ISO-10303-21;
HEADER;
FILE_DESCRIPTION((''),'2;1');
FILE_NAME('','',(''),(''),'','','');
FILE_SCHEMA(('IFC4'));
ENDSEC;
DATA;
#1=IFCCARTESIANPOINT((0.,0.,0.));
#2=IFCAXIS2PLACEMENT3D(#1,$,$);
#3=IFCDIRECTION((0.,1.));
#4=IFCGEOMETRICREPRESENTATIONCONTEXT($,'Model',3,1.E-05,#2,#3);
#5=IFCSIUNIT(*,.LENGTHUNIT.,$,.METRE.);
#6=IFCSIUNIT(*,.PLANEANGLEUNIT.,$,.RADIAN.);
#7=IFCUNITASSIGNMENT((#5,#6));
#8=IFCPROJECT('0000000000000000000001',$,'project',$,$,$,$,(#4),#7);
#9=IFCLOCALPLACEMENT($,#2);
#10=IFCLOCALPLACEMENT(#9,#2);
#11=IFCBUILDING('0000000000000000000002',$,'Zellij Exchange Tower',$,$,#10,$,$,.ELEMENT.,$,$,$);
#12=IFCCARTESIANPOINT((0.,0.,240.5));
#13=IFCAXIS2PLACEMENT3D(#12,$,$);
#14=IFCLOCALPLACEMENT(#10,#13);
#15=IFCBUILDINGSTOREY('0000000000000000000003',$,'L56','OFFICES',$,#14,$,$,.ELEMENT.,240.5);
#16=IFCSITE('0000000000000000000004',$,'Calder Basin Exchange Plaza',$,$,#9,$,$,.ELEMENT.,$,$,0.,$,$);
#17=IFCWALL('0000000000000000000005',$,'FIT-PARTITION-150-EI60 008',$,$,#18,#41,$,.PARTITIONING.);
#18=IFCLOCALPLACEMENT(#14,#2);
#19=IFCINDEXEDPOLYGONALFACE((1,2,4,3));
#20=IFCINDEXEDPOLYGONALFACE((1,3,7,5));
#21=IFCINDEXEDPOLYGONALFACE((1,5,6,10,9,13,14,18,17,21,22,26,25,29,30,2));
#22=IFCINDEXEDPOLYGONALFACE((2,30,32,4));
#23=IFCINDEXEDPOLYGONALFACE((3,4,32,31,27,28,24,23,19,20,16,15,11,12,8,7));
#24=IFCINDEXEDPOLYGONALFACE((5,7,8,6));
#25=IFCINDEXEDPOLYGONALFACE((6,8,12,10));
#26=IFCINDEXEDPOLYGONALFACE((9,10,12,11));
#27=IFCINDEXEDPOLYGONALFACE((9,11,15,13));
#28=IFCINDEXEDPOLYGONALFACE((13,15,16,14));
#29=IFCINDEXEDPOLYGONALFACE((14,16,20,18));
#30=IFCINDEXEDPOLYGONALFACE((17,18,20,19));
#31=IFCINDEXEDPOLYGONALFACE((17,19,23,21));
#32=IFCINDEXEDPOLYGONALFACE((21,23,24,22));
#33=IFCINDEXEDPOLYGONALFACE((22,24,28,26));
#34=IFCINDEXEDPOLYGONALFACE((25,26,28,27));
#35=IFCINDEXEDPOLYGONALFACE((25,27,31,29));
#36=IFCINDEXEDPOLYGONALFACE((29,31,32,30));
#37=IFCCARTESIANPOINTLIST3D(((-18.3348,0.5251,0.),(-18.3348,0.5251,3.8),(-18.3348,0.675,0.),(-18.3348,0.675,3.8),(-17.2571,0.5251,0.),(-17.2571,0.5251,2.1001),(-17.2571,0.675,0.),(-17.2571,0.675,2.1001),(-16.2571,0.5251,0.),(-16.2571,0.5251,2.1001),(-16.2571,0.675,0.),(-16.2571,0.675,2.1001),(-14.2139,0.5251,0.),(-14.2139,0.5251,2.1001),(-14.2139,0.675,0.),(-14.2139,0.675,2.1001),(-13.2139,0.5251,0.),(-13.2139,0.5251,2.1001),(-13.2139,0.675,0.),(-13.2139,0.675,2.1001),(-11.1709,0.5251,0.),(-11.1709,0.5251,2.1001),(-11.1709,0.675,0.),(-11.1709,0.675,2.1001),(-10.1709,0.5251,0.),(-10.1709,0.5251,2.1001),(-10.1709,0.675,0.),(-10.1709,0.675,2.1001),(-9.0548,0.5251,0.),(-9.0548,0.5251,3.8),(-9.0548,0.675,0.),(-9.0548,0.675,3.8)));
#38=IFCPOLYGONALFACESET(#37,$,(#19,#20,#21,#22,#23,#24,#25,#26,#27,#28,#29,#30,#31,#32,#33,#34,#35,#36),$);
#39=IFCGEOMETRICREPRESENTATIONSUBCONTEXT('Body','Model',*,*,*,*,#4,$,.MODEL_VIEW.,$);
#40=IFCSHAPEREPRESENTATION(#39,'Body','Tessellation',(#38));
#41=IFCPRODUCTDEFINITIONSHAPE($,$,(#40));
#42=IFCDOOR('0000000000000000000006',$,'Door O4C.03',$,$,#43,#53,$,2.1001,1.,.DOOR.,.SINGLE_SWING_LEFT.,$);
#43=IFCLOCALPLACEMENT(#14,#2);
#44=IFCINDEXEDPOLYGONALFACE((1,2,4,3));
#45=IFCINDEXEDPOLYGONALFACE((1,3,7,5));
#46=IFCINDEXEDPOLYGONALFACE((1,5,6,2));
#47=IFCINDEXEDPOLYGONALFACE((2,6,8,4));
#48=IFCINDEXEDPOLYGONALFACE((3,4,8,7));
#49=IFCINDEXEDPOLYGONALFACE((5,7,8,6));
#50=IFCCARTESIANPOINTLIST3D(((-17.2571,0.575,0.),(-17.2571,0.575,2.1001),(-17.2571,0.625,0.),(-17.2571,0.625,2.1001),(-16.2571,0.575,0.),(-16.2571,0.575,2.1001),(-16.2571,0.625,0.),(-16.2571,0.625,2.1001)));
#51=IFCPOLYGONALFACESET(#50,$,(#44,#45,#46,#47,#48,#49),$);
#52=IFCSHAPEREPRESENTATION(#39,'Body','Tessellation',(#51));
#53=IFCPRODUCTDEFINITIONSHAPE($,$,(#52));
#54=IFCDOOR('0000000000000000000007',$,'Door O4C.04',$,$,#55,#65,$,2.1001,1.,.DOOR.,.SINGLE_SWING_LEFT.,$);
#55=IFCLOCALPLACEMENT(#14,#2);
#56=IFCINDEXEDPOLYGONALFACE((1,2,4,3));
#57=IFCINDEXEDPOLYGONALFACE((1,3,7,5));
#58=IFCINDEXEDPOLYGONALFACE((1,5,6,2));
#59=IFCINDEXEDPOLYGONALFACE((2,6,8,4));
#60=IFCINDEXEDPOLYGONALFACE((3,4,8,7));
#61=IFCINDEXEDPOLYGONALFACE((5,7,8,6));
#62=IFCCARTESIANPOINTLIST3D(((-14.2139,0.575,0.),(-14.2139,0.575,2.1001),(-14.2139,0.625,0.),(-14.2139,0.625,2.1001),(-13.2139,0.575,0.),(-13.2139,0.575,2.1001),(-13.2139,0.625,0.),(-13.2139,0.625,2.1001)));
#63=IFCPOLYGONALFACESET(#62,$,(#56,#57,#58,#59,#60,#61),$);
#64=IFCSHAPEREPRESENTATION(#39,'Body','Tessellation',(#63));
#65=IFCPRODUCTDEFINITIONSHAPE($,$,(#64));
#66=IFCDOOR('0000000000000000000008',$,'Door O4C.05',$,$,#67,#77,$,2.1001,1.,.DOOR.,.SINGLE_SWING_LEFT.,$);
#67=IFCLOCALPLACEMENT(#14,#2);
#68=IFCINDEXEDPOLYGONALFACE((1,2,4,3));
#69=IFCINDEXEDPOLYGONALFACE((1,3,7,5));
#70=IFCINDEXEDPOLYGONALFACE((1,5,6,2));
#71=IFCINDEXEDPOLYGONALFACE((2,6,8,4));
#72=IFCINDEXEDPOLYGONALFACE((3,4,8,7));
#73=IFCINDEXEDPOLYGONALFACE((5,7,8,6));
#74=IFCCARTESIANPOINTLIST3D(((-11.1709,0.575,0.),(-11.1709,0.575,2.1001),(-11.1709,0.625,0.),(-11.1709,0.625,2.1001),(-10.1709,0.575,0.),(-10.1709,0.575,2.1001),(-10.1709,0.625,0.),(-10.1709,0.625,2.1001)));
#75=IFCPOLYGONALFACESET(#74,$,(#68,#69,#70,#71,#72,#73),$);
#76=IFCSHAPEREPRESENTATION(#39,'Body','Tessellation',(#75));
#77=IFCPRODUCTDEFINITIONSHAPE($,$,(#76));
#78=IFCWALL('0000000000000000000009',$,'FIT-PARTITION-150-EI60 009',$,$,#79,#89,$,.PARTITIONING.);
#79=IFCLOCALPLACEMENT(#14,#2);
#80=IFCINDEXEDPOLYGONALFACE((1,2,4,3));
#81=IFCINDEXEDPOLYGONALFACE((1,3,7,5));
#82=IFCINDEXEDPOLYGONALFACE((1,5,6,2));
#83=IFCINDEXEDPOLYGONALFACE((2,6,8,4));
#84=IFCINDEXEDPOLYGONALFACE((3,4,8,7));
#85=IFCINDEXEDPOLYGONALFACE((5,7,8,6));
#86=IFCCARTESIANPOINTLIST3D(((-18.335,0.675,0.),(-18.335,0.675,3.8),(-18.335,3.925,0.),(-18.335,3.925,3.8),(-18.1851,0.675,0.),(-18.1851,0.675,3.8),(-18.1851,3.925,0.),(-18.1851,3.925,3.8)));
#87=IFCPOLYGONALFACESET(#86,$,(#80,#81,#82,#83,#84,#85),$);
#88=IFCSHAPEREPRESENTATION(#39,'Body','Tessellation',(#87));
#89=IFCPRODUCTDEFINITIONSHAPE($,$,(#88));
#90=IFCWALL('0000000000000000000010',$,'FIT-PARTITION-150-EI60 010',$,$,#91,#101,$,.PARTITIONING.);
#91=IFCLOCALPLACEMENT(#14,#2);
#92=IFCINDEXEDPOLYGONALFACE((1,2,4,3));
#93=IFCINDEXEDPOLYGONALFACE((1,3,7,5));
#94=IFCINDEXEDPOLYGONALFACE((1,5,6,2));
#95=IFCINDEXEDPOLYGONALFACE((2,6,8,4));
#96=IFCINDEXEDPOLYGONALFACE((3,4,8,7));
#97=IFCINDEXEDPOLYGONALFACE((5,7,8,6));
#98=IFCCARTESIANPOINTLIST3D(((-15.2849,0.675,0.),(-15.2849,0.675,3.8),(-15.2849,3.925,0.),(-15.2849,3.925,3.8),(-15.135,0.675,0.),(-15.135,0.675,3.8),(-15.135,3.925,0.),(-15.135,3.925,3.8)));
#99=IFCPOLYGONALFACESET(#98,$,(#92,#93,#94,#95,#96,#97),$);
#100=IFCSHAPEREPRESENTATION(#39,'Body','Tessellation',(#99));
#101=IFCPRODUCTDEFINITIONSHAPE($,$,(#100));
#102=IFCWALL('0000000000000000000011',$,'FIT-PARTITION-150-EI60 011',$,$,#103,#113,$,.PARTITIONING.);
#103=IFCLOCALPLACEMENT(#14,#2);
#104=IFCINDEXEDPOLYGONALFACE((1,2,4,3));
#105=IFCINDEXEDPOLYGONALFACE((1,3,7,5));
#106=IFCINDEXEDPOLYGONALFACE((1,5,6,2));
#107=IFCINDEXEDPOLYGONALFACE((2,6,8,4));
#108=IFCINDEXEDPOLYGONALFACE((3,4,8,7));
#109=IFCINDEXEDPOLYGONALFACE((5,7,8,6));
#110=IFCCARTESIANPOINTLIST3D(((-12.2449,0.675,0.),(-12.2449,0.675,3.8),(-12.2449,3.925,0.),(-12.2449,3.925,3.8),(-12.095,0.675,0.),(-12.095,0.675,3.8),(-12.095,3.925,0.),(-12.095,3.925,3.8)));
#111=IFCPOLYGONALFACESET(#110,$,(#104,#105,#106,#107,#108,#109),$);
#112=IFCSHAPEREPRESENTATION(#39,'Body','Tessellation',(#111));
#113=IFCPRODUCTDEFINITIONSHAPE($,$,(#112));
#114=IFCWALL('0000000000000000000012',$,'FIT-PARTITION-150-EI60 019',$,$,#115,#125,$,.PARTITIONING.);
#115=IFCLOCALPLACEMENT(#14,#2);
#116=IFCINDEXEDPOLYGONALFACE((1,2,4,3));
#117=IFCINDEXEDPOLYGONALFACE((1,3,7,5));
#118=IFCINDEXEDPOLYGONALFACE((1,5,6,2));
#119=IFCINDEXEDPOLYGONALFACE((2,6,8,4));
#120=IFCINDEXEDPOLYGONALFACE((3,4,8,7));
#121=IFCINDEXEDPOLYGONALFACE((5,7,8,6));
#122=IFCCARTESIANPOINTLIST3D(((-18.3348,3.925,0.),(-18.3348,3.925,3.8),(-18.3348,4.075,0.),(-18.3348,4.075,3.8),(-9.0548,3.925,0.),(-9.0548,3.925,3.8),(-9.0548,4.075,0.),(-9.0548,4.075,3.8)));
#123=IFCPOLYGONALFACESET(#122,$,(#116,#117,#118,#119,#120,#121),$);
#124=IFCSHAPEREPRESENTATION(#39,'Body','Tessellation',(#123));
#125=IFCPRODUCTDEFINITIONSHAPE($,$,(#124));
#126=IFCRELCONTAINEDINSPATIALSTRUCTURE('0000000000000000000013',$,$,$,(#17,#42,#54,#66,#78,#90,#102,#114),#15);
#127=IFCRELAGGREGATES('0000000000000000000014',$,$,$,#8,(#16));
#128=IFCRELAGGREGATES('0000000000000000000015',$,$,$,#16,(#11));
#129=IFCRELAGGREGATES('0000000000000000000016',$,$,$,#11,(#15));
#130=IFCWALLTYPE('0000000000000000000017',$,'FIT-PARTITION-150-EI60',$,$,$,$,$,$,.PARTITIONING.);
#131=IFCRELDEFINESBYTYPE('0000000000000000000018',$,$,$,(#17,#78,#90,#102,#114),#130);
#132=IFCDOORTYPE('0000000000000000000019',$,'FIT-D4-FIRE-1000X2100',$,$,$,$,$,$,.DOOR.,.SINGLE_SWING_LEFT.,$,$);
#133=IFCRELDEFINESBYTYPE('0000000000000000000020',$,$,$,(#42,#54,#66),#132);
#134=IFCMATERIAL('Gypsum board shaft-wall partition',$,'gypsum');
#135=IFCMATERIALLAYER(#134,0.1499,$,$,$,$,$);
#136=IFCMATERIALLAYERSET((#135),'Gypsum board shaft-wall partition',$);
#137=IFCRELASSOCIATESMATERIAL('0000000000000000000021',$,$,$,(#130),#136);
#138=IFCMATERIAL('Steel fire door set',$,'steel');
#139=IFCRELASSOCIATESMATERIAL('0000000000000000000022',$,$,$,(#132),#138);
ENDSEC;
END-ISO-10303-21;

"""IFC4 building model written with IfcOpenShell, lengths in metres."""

from ifc_helpers import new_model, si_unit, direction, frame, frame_2d, origin, place, context, subcontext, project, spatial, rectangle, extrude, material, layer, layer_set, type_object, element, fill, save


model = new_model("IFC4")

# Units and contexts
model_context = context("Model", 3, precision=1e-05, world=origin(), true_north=direction((0.0, 1.0)))
body_context = subcontext(model_context, "Body", "Model", "MODEL_VIEW")
ifc_project = project(units=[si_unit("LENGTHUNIT", "METRE"), si_unit("PLANEANGLEUNIT", "RADIAN")], contexts=[model_context])

# Site, building, storey
site_placement = place(None, origin())
site = spatial("IfcSite", under=ifc_project, at=site_placement, Name="Calder Basin Exchange Plaza", CompositionType="ELEMENT", RefElevation=0.0)
building_placement = place(site_placement, origin())
building = spatial("IfcBuilding", under=site, at=building_placement, Name="Zellij Exchange Tower", CompositionType="ELEMENT")
storey_placement = place(building_placement, frame((0.0, 0.0, 240.5)))
storey = spatial("IfcBuildingStorey", under=building, at=storey_placement, Name="L56", Description="OFFICES", CompositionType="ELEMENT", Elevation=240.5)

# Wall, openings, doors
ifc_material_1 = material(Name="Gypsum board shaft-wall partition", Category="gypsum")
ifc_layer_1 = layer(ifc_material_1, 0.1499)
ifc_layer_set_1 = layer_set([ifc_layer_1], Name="Gypsum board shaft-wall partition")
wall_type_1 = type_object("IfcWallType", Name="FIT-PARTITION-150-EI60", PredefinedType="PARTITIONING", material=ifc_layer_set_1)
wall_1_placement = place(storey_placement, frame((-18.335, 0.6001, 0.0), z_axis=(0.0, 0.0, 1.0), x_axis=(1.0, 0.0, 0.0)))
wall_1 = element("IfcWall", 1, at=wall_1_placement, inside=storey, type_object=wall_type_1, Name="FIT-PARTITION-150-EI60 008", PredefinedType="PARTITIONING", context=body_context, shape_type="SweptSolid", body=[
    extrude(rectangle(XDim=9.28, YDim=0.1499, at=frame_2d((4.6401, 0.0))), origin(), (0.0, 0.0, 1.0), 3.8),
])
opening_1_placement = place(wall_1_placement, frame((1.0779, 0.0, 0.0)))
opening_1 = element("IfcOpeningElement", 2, at=opening_1_placement, cuts=wall_1, PredefinedType="OPENING", context=body_context, shape_type="SweptSolid", body=[
    extrude(rectangle(XDim=1.0, YDim=2.1001, at=frame_2d((0.5, 1.05))), frame((0.0, 0.0869, 0.0), z_axis=(0.0, -1.0, 0.0), x_axis=(1.0, 0.0, 0.0)), (0.0, 0.0, 1.0), 0.1738),
])
opening_2_placement = place(wall_1_placement, frame((4.1211, 0.0, 0.0)))
opening_2 = element("IfcOpeningElement", 3, at=opening_2_placement, cuts=wall_1, PredefinedType="OPENING", context=body_context, shape_type="SweptSolid", body=[
    extrude(rectangle(XDim=1.0, YDim=2.1001, at=frame_2d((0.5, 1.05))), frame((0.0, 0.0869, 0.0), z_axis=(0.0, -1.0, 0.0), x_axis=(1.0, 0.0, 0.0)), (0.0, 0.0, 1.0), 0.1738),
])
opening_3_placement = place(wall_1_placement, frame((7.1641, 0.0, 0.0)))
opening_3 = element("IfcOpeningElement", 4, at=opening_3_placement, cuts=wall_1, PredefinedType="OPENING", context=body_context, shape_type="SweptSolid", body=[
    extrude(rectangle(XDim=1.0, YDim=2.1001, at=frame_2d((0.5, 1.05))), frame((0.0, 0.0869, 0.0), z_axis=(0.0, -1.0, 0.0), x_axis=(1.0, 0.0, 0.0)), (0.0, 0.0, 1.0), 0.1738),
])
ifc_material_2 = material(Name="Steel fire door set", Category="steel")
door_type_1 = type_object("IfcDoorType", Name="FIT-D4-FIRE-1000X2100", OperationType="SINGLE_SWING_LEFT", PredefinedType="DOOR", material=ifc_material_2)
door_1_placement = place(opening_1_placement, origin())
door_1 = element("IfcDoor", 5, at=door_1_placement, inside=storey, type_object=door_type_1, Name="Door O4C.03", OperationType="SINGLE_SWING_LEFT", OverallHeight=2.1001, OverallWidth=1.0, PredefinedType="DOOR", context=body_context, shape_type="SweptSolid", body=[
    extrude(rectangle(XDim=1.0, YDim=2.1001, at=frame_2d((0.5, 1.05))), frame((0.0, 0.0249, 0.0), z_axis=(0.0, -1.0, 0.0), x_axis=(1.0, 0.0, 0.0)), (0.0, 0.0, 1.0), 0.05),
])
fill(opening_1, door_1)
door_2_placement = place(opening_2_placement, origin())
door_2 = element("IfcDoor", 6, at=door_2_placement, inside=storey, type_object=door_type_1, Name="Door O4C.04", OperationType="SINGLE_SWING_LEFT", OverallHeight=2.1001, OverallWidth=1.0, PredefinedType="DOOR", context=body_context, shape_type="SweptSolid", body=[
    extrude(rectangle(XDim=1.0, YDim=2.1001, at=frame_2d((0.5, 1.05))), frame((0.0, 0.0249, 0.0), z_axis=(0.0, -1.0, 0.0), x_axis=(1.0, 0.0, 0.0)), (0.0, 0.0, 1.0), 0.05),
])
fill(opening_2, door_2)
door_3_placement = place(opening_3_placement, origin())
door_3 = element("IfcDoor", 7, at=door_3_placement, inside=storey, type_object=door_type_1, Name="Door O4C.05", OperationType="SINGLE_SWING_LEFT", OverallHeight=2.1001, OverallWidth=1.0, PredefinedType="DOOR", context=body_context, shape_type="SweptSolid", body=[
    extrude(rectangle(XDim=1.0, YDim=2.1001, at=frame_2d((0.5, 1.05))), frame((0.0, 0.0249, 0.0), z_axis=(0.0, -1.0, 0.0), x_axis=(1.0, 0.0, 0.0)), (0.0, 0.0, 1.0), 0.05),
])
fill(opening_3, door_3)

# Walls
for number, where, z_axis, x_axis, name in (
    (8, (-18.26, 0.675, 0.0), (0.0, 0.0, 1.0), (0.0, 1.0, 0.0), "FIT-PARTITION-150-EI60 009"),
    (9, (-15.21, 0.675, 0.0), (0.0, 0.0, 1.0), (0.0, 1.0, 0.0), "FIT-PARTITION-150-EI60 010"),
    (10, (-12.1699, 0.675, 0.0), (0.0, 0.0, 1.0), (0.0, 1.0, 0.0), "FIT-PARTITION-150-EI60 011"),
):
    element("IfcWall", number, at=place(storey_placement, frame(where, z_axis=z_axis, x_axis=x_axis)), inside=storey, type_object=wall_type_1, Name=name, PredefinedType="PARTITIONING", context=body_context, shape_type="SweptSolid", body=[
        extrude(rectangle(XDim=3.25, YDim=0.1499, at=frame_2d((1.625, 0.0))), origin(), (0.0, 0.0, 1.0), 3.8),
    ])
wall_2_placement = place(storey_placement, frame((-18.335, 4.0, 0.0), z_axis=(0.0, 0.0, 1.0), x_axis=(1.0, 0.0, 0.0)))
element("IfcWall", 11, at=wall_2_placement, inside=storey, type_object=wall_type_1, Name="FIT-PARTITION-150-EI60 019", PredefinedType="PARTITIONING", context=body_context, shape_type="SweptSolid", body=[
    extrude(rectangle(XDim=9.28, YDim=0.1499, at=frame_2d((4.6401, 0.0))), origin(), (0.0, 0.0, 1.0), 3.8),
])

save(model, "model.ifc")
